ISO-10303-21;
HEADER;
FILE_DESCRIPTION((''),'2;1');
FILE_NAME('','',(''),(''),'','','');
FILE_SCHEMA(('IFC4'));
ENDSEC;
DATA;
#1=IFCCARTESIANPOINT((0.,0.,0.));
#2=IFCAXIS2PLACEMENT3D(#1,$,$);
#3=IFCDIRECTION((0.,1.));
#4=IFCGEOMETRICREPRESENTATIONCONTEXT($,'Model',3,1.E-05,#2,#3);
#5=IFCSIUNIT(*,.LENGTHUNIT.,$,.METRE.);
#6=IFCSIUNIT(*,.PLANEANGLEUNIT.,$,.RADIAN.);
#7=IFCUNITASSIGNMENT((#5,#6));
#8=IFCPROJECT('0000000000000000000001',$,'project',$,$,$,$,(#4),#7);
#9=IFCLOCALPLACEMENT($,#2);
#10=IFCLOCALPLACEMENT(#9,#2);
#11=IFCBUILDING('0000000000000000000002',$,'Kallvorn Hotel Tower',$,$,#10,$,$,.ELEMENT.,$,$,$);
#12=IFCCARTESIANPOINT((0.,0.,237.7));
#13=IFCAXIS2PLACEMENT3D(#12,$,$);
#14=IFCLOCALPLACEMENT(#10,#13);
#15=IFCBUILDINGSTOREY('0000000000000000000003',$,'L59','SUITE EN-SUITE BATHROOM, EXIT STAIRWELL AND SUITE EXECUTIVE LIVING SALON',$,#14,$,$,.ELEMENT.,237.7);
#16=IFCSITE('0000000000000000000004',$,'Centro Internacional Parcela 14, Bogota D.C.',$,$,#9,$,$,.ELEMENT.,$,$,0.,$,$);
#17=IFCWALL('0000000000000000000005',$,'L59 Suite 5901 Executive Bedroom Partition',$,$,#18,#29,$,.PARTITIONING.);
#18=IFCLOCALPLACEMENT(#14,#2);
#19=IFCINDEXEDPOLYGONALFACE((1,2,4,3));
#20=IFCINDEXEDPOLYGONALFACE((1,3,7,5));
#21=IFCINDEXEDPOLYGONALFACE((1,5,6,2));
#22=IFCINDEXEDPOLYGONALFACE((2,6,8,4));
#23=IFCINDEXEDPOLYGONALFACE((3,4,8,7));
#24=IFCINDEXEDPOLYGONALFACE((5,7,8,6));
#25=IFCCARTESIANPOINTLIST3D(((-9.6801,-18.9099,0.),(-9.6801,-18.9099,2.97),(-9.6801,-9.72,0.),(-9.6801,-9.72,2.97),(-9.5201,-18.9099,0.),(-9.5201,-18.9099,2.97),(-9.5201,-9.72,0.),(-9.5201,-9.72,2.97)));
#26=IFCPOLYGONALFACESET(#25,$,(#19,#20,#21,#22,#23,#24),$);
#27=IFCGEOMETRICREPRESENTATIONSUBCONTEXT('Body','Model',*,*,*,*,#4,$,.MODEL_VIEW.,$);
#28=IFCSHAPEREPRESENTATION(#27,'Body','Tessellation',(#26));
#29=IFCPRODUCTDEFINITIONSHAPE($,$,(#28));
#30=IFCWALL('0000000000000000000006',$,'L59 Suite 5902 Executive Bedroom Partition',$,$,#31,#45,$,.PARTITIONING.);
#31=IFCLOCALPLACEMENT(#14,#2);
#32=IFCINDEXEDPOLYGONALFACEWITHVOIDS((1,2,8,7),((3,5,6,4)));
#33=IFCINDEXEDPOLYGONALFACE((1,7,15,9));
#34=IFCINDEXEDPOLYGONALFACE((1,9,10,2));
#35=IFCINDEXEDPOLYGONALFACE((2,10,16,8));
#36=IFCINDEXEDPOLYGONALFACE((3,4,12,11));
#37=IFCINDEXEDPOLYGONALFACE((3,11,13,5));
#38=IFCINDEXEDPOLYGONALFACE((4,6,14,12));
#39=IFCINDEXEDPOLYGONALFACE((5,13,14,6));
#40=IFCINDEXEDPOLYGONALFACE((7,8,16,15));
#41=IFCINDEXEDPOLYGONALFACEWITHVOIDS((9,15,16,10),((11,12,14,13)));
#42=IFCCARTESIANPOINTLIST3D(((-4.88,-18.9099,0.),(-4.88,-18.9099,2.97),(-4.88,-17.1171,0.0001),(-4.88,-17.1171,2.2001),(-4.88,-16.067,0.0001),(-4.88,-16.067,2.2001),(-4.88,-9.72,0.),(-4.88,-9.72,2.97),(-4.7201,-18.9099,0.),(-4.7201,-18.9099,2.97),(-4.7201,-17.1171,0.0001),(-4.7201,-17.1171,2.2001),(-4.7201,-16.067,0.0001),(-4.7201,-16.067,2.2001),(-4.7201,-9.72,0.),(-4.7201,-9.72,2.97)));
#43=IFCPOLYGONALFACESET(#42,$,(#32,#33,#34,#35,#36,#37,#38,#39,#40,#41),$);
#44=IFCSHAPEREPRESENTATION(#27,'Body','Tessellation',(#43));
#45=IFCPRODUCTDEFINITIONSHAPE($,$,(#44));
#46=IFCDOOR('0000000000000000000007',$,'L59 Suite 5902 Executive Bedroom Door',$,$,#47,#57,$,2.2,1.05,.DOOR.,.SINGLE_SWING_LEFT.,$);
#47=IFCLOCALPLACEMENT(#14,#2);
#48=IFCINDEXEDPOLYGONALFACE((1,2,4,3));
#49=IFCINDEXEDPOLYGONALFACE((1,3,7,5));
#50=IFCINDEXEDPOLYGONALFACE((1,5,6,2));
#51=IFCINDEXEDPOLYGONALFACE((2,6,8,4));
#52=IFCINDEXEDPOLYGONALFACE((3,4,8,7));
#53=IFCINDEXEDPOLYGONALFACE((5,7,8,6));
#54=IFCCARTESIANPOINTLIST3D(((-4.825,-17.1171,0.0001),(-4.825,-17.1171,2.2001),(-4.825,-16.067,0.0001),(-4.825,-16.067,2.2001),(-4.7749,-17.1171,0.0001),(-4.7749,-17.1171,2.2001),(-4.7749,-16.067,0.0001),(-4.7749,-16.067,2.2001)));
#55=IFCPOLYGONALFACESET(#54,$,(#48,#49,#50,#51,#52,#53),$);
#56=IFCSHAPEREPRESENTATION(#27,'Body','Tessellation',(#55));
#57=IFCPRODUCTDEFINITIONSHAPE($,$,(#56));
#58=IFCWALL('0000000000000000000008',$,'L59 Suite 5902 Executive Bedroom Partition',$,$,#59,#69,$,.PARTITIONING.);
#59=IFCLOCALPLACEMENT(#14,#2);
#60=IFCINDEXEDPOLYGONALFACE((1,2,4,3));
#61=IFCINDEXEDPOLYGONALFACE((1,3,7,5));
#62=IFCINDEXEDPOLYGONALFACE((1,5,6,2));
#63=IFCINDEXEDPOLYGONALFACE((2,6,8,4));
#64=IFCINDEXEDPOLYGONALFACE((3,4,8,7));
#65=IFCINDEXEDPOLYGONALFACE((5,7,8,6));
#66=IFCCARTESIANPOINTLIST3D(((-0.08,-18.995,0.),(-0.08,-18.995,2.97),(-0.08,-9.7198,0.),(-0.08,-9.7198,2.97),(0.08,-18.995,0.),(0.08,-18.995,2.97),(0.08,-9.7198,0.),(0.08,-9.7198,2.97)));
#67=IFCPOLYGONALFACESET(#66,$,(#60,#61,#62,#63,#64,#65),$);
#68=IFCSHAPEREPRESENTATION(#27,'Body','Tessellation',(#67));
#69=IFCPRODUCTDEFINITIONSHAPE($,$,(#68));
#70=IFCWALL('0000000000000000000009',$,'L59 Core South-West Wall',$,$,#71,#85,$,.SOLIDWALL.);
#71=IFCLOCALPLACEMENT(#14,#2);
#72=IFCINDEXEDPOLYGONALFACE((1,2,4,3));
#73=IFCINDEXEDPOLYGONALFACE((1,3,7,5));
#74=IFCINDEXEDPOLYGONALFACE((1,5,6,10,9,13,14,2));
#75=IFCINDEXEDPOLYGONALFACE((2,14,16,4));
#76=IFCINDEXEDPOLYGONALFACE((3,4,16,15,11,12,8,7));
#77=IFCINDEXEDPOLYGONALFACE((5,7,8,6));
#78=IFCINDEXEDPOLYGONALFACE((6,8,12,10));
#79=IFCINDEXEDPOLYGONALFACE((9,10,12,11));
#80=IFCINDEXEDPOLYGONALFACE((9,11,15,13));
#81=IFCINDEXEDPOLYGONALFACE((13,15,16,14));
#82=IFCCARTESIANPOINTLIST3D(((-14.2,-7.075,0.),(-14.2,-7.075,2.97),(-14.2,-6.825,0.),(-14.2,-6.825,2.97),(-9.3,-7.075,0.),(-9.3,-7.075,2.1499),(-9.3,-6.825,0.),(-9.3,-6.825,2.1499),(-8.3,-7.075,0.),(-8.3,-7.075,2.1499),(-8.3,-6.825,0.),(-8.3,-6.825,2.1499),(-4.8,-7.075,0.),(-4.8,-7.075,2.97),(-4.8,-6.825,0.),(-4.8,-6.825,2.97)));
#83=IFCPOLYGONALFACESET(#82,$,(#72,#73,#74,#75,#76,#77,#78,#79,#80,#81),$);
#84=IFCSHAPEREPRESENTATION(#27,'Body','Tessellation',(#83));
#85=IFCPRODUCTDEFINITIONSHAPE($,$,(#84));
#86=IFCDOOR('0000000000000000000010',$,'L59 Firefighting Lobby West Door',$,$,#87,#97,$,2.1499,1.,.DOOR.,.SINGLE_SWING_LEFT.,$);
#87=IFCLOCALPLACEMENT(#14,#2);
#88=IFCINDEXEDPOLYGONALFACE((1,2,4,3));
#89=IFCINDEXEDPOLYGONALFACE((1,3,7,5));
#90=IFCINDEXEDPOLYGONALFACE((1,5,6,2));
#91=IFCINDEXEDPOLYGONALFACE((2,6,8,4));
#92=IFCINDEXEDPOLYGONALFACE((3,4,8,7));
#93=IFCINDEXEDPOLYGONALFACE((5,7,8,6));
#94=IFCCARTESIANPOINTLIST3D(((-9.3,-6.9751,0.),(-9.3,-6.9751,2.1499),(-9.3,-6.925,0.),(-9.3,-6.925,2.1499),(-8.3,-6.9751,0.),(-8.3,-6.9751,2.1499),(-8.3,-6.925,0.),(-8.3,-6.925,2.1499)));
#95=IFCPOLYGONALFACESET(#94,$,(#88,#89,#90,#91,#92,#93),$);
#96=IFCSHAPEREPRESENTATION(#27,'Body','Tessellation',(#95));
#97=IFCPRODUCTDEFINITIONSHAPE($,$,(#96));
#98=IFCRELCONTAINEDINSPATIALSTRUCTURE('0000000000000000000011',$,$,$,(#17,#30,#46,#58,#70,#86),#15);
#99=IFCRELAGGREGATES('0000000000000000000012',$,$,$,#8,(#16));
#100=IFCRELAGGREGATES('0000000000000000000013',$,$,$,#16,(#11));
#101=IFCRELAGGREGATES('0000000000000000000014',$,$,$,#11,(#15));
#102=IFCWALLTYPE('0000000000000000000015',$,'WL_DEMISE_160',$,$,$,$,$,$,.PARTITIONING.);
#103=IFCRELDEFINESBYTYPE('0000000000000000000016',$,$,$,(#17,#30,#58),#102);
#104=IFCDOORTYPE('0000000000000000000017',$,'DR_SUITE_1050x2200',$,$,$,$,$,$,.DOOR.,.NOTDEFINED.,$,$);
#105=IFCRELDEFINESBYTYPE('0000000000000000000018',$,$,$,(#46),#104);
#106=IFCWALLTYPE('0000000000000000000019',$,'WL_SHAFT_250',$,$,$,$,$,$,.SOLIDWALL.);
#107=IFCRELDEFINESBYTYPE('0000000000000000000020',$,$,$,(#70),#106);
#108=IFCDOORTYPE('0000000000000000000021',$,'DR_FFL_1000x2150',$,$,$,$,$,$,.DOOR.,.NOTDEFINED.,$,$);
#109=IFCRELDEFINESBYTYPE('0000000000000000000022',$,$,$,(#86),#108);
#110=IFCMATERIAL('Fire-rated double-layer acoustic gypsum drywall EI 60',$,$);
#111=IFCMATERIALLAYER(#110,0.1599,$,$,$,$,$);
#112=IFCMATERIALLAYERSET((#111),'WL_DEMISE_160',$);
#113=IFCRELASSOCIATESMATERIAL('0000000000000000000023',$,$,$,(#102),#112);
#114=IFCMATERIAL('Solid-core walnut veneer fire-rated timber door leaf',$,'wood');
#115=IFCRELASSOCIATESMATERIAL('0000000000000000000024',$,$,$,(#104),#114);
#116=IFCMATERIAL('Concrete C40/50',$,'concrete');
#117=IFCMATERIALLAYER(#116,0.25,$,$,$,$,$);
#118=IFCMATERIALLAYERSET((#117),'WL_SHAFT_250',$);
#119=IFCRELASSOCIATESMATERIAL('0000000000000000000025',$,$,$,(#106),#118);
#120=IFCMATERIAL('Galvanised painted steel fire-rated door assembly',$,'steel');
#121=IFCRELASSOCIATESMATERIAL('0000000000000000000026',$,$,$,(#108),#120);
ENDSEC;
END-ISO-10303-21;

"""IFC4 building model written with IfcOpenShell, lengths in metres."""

from ifc_helpers import new_model, si_unit, direction, frame, frame_2d, origin, place, context, subcontext, project, spatial, rectangle, extrude, material, layer, layer_set, type_object, element, fill, save


model = new_model("IFC4")

# Units and contexts
model_context = context("Model", 3, precision=1e-05, world=origin(), true_north=direction((0.0, 1.0)))
body_context = subcontext(model_context, "Body", "Model", "MODEL_VIEW")
ifc_project = project(units=[si_unit("LENGTHUNIT", "METRE"), si_unit("PLANEANGLEUNIT", "RADIAN")], contexts=[model_context])

# Site, building, storey
site_placement = place(None, origin())
site = spatial("IfcSite", under=ifc_project, at=site_placement, Name="Centro Internacional Parcela 14, Bogota D.C.", CompositionType="ELEMENT", RefElevation=0.0)
building_placement = place(site_placement, origin())
building = spatial("IfcBuilding", under=site, at=building_placement, Name="Kallvorn Hotel Tower", CompositionType="ELEMENT")
storey_placement = place(building_placement, frame((0.0, 0.0, 237.7)))
storey = spatial("IfcBuildingStorey", under=building, at=storey_placement, Name="L59", Description="SUITE EN-SUITE BATHROOM, EXIT STAIRWELL AND SUITE EXECUTIVE LIVING SALON", CompositionType="ELEMENT", Elevation=237.7)

# Shared definitions
ifc_material_1 = material(Name="Fire-rated double-layer acoustic gypsum drywall EI 60")
ifc_layer_1 = layer(ifc_material_1, 0.1599)
ifc_layer_set_1 = layer_set([ifc_layer_1], Name="WL_DEMISE_160")
wall_type_1 = type_object("IfcWallType", Name="WL_DEMISE_160", PredefinedType="PARTITIONING", material=ifc_layer_set_1)

# Wall
wall_1_placement = place(storey_placement, frame((-9.6001, -18.9099, 0.0), z_axis=(0.0, 0.0, 1.0), x_axis=(0.0, 1.0, 0.0)))
element("IfcWall", 1, at=wall_1_placement, inside=storey, type_object=wall_type_1, Name="L59 Suite 5901 Executive Bedroom Partition", PredefinedType="PARTITIONING", context=body_context, shape_type="SweptSolid", body=[
    extrude(rectangle(XDim=9.1899, YDim=0.1599, at=frame_2d((4.595, 0.0))), origin(), (0.0, 0.0, 1.0), 2.97),
])

# Wall, opening, door
wall_2_placement = place(storey_placement, frame((-4.8, -18.9099, 0.0), z_axis=(0.0, 0.0, 1.0), x_axis=(0.0, 1.0, 0.0)))
wall_2 = element("IfcWall", 2, at=wall_2_placement, inside=storey, type_object=wall_type_1, Name="L59 Suite 5902 Executive Bedroom Partition", PredefinedType="PARTITIONING", context=body_context, shape_type="SweptSolid", body=[
    extrude(rectangle(XDim=9.1899, YDim=0.1599, at=frame_2d((4.595, 0.0))), origin(), (0.0, 0.0, 1.0), 2.97),
])
opening_1_placement = place(wall_2_placement, frame((1.793, 0.0, 0.0)))
opening_1 = element("IfcOpeningElement", 3, at=opening_1_placement, cuts=wall_2, PredefinedType="OPENING", context=body_context, shape_type="SweptSolid", body=[
    extrude(rectangle(XDim=1.05, YDim=2.2, at=frame_2d((0.5249, 1.1001))), frame((0.0, 0.095, 0.0), z_axis=(0.0, -1.0, 0.0), x_axis=(1.0, 0.0, 0.0)), (0.0, 0.0, 1.0), 0.1899),
])
ifc_material_2 = material(Name="Solid-core walnut veneer fire-rated timber door leaf", Category="wood")
door_type_1 = type_object("IfcDoorType", Name="DR_SUITE_1050x2200", OperationType="NOTDEFINED", PredefinedType="DOOR", material=ifc_material_2)
door_1_placement = place(opening_1_placement, origin())
door_1 = element("IfcDoor", 4, at=door_1_placement, inside=storey, type_object=door_type_1, Name="L59 Suite 5902 Executive Bedroom Door", OperationType="SINGLE_SWING_LEFT", OverallHeight=2.2, OverallWidth=1.05, PredefinedType="DOOR", context=body_context, shape_type="SweptSolid", body=[
    extrude(rectangle(XDim=1.05, YDim=2.2, at=frame_2d((0.5249, 1.1001))), frame((0.0, 0.0249, 0.0), z_axis=(0.0, -1.0, 0.0), x_axis=(1.0, 0.0, 0.0)), (0.0, 0.0, 1.0), 0.05),
])
fill(opening_1, door_1)

# Wall
wall_3_placement = place(storey_placement, frame((0.0, -18.9951, 0.0), z_axis=(0.0, 0.0, 1.0), x_axis=(0.0, 1.0, 0.0)))
element("IfcWall", 5, at=wall_3_placement, inside=storey, type_object=wall_type_1, Name="L59 Suite 5902 Executive Bedroom Partition", PredefinedType="PARTITIONING", context=body_context, shape_type="SweptSolid", body=[
    extrude(rectangle(XDim=9.2751, YDim=0.1599, at=frame_2d((4.6377, 0.0))), origin(), (0.0, 0.0, 1.0), 2.97),
])

# Wall, opening, door
ifc_material_3 = material(Name="Concrete C40/50", Category="concrete")
ifc_layer_2 = layer(ifc_material_3, 0.25)
ifc_layer_set_2 = layer_set([ifc_layer_2], Name="WL_SHAFT_250")
wall_type_2 = type_object("IfcWallType", Name="WL_SHAFT_250", PredefinedType="SOLIDWALL", material=ifc_layer_set_2)
wall_4_placement = place(storey_placement, frame((-14.2, -6.95, 0.0), z_axis=(0.0, 0.0, 1.0), x_axis=(1.0, 0.0, 0.0)))
wall_4 = element("IfcWall", 6, at=wall_4_placement, inside=storey, type_object=wall_type_2, Name="L59 Core South-West Wall", PredefinedType="SOLIDWALL", context=body_context, shape_type="SweptSolid", body=[
    extrude(rectangle(XDim=9.3999, YDim=0.25, at=frame_2d((4.7, 0.0))), origin(), (0.0, 0.0, 1.0), 2.97),
])
opening_2_placement = place(wall_4_placement, frame((4.8999, 0.0, 0.0)))
opening_2 = element("IfcOpeningElement", 7, at=opening_2_placement, cuts=wall_4, PredefinedType="OPENING", context=body_context, shape_type="SweptSolid", body=[
    extrude(rectangle(XDim=1.0, YDim=2.1499, at=frame_2d((0.5, 1.075))), frame((0.0, 0.1399, 0.0), z_axis=(0.0, -1.0, 0.0), x_axis=(1.0, 0.0, 0.0)), (0.0, 0.0, 1.0), 0.28),
])
ifc_material_4 = material(Name="Galvanised painted steel fire-rated door assembly", Category="steel")
door_type_2 = type_object("IfcDoorType", Name="DR_FFL_1000x2150", OperationType="NOTDEFINED", PredefinedType="DOOR", material=ifc_material_4)
door_2_placement = place(opening_2_placement, origin())
door_2 = element("IfcDoor", 8, at=door_2_placement, inside=storey, type_object=door_type_2, Name="L59 Firefighting Lobby West Door", OperationType="SINGLE_SWING_LEFT", OverallHeight=2.1499, OverallWidth=1.0, PredefinedType="DOOR", context=body_context, shape_type="SweptSolid", body=[
    extrude(rectangle(XDim=1.0, YDim=2.1499, at=frame_2d((0.5, 1.075))), frame((0.0, 0.0249, 0.0), z_axis=(0.0, -1.0, 0.0), x_axis=(1.0, 0.0, 0.0)), (0.0, 0.0, 1.0), 0.05),
])
fill(opening_2, door_2)

save(model, "model.ifc")
